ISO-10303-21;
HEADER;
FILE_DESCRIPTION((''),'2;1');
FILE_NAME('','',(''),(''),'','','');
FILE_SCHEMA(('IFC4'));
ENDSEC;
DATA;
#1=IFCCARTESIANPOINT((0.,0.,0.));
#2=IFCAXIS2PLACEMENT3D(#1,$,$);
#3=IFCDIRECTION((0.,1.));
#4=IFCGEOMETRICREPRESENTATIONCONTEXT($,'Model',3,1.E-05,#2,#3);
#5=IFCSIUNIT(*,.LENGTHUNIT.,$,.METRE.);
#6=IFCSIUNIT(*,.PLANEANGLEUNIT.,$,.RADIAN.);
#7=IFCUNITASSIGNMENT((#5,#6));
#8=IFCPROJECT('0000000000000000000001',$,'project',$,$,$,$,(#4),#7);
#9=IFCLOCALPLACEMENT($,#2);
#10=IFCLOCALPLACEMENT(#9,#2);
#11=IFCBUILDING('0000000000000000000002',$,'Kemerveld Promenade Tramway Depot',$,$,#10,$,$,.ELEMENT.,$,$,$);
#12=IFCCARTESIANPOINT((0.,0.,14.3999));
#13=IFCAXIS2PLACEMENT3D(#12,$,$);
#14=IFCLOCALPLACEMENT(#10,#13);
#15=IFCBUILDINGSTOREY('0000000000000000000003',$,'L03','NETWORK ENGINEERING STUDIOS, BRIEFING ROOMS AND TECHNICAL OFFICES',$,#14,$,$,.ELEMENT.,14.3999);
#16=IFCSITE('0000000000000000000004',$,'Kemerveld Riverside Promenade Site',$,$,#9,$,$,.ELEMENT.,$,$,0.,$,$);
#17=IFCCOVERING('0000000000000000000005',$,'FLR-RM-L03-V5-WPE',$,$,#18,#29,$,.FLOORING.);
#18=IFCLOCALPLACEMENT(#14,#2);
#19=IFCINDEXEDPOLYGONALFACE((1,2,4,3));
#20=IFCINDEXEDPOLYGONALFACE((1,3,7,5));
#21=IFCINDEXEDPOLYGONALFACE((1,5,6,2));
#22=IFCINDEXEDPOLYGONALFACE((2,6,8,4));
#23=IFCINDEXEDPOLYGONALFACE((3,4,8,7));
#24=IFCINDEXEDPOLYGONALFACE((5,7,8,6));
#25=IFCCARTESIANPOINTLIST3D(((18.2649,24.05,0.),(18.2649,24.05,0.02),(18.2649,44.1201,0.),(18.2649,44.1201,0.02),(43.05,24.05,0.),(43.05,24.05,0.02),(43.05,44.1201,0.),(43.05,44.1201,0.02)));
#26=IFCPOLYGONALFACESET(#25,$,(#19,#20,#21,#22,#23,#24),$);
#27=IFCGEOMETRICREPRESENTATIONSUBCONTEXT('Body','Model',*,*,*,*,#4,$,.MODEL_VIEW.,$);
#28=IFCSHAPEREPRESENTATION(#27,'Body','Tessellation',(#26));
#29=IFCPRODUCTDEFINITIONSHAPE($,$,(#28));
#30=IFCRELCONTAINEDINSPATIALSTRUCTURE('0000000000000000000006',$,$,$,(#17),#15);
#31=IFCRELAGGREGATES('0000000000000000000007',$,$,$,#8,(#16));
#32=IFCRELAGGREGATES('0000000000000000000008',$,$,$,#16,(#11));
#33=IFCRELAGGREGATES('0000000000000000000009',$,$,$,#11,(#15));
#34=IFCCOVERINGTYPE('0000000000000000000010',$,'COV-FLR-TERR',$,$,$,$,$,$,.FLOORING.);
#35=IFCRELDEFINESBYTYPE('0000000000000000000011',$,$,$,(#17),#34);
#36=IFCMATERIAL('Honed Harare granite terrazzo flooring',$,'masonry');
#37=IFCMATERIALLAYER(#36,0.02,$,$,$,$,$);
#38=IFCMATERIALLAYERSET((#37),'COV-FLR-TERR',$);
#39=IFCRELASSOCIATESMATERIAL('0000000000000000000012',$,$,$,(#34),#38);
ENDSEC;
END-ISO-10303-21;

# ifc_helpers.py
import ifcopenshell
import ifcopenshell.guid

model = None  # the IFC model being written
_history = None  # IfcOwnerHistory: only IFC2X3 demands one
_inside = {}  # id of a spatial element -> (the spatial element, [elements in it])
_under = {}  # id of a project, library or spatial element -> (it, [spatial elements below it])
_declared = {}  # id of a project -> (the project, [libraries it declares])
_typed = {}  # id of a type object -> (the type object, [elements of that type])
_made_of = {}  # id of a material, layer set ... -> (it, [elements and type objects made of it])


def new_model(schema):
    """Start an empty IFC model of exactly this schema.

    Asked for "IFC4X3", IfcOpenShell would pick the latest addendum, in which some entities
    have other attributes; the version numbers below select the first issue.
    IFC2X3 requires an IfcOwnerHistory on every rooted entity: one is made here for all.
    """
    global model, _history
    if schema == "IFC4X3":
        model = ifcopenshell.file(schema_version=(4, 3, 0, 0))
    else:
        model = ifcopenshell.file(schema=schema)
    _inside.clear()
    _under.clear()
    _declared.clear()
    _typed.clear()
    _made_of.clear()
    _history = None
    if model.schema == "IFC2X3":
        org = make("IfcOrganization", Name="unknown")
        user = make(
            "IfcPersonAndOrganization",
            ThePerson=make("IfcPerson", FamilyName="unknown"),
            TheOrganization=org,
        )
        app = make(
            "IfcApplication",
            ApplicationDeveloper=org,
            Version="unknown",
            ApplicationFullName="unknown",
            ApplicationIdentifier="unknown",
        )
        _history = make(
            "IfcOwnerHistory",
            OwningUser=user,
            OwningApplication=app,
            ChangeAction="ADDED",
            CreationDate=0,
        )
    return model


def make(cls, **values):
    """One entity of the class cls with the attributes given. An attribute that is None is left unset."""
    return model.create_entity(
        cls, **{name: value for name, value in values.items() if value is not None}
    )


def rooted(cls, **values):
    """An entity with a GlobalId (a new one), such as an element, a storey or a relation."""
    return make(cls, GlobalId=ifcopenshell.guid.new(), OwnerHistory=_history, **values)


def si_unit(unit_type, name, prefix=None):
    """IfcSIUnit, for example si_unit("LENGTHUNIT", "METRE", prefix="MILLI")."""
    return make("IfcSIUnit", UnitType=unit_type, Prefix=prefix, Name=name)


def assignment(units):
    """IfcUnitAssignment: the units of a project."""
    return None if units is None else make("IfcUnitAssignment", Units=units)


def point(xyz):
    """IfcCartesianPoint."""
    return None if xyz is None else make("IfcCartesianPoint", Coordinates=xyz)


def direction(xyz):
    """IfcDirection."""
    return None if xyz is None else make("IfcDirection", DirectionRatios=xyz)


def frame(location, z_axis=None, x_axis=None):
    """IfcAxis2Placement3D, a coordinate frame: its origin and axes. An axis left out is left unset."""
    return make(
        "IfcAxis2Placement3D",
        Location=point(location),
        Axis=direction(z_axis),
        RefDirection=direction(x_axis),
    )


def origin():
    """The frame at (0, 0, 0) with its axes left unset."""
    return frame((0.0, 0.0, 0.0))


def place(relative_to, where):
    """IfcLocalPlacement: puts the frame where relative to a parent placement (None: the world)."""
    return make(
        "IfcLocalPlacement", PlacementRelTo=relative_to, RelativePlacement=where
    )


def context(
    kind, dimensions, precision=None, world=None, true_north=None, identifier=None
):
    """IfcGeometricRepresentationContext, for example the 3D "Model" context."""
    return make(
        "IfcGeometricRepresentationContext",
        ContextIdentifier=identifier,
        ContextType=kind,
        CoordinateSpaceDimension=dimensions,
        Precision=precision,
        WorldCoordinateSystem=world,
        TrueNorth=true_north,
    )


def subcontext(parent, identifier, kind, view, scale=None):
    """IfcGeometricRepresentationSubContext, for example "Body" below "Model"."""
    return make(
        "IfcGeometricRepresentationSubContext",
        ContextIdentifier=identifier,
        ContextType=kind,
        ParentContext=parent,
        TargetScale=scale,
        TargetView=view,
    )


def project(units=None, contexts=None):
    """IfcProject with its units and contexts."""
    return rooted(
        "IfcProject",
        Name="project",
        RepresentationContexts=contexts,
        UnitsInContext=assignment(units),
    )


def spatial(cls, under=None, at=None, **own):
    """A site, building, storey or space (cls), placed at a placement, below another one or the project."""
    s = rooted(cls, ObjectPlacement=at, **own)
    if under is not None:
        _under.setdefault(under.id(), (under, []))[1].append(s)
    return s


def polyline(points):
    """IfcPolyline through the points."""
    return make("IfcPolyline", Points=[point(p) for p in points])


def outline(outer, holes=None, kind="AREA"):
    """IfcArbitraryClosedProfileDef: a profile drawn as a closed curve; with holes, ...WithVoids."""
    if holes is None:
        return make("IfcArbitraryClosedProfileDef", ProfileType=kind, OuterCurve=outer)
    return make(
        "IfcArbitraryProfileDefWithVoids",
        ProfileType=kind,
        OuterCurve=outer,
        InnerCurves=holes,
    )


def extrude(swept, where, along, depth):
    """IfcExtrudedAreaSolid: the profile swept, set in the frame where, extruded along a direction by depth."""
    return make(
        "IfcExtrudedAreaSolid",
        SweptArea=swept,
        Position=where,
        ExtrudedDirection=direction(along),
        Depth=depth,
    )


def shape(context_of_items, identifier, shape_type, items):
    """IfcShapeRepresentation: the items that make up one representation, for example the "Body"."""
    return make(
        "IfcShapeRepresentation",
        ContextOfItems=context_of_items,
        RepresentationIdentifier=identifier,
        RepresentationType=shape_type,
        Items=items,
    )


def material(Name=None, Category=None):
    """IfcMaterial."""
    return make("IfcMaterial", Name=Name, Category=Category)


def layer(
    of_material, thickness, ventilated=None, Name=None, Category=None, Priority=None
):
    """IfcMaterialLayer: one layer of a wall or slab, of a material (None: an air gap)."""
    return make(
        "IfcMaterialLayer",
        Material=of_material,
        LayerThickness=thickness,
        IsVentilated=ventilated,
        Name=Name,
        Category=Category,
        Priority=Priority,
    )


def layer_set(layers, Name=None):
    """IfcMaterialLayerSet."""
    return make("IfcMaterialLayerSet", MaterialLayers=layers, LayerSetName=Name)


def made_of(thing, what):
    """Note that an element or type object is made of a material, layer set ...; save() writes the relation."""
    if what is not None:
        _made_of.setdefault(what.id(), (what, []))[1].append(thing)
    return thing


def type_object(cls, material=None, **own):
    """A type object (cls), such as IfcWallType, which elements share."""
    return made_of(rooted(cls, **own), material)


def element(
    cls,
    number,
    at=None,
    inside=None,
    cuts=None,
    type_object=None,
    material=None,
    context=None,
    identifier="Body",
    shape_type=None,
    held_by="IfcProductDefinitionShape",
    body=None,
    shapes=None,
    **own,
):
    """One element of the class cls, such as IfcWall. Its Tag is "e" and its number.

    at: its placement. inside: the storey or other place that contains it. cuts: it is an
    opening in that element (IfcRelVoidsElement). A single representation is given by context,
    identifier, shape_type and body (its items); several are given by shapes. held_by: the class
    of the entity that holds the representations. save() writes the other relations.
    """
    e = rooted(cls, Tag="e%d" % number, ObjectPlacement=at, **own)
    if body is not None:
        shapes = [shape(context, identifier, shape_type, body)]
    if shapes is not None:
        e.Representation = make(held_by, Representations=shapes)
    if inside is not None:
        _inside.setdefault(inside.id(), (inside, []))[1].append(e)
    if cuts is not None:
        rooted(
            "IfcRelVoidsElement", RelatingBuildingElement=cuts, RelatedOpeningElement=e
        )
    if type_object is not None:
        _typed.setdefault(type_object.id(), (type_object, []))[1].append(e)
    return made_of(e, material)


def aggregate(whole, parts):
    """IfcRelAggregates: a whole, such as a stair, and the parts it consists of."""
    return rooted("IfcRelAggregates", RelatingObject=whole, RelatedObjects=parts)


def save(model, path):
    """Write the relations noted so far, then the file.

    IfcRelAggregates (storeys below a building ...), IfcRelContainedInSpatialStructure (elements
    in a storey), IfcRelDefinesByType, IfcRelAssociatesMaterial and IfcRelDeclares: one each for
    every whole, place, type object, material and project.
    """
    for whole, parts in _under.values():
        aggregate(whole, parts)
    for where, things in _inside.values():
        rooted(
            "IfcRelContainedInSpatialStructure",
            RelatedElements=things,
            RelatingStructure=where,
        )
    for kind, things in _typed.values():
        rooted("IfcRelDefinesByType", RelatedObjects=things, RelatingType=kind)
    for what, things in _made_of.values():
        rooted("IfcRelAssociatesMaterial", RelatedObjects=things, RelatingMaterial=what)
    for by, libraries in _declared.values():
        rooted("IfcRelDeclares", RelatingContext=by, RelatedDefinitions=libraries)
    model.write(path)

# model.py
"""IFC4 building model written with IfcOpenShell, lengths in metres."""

from ifc_helpers import new_model, si_unit, direction, frame, origin, place, context, subcontext, project, spatial, polyline, outline, extrude, material, layer, layer_set, type_object, element, save


model = new_model("IFC4")

# Units and contexts
model_context = context("Model", 3, precision=1e-05, world=origin(), true_north=direction((0.0, 1.0)))
body_context = subcontext(model_context, "Body", "Model", "MODEL_VIEW")
ifc_project = project(units=[si_unit("LENGTHUNIT", "METRE"), si_unit("PLANEANGLEUNIT", "RADIAN")], contexts=[model_context])

# Site, building, storey
site_placement = place(None, origin())
site = spatial("IfcSite", under=ifc_project, at=site_placement, Name="Kemerveld Riverside Promenade Site", CompositionType="ELEMENT", RefElevation=0.0)
building_placement = place(site_placement, origin())
building = spatial("IfcBuilding", under=site, at=building_placement, Name="Kemerveld Promenade Tramway Depot", CompositionType="ELEMENT")
storey_placement = place(building_placement, frame((0.0, 0.0, 14.3999)))
storey = spatial("IfcBuildingStorey", under=building, at=storey_placement, Name="L03", Description="NETWORK ENGINEERING STUDIOS, BRIEFING ROOMS AND TECHNICAL OFFICES", CompositionType="ELEMENT", Elevation=14.3999)

# Covering
ifc_material_1 = material(Name="Honed Harare granite terrazzo flooring", Category="masonry")
ifc_layer_1 = layer(ifc_material_1, 0.02)
ifc_layer_set_1 = layer_set([ifc_layer_1], Name="COV-FLR-TERR")
covering_type_1 = type_object("IfcCoveringType", Name="COV-FLR-TERR", PredefinedType="FLOORING", material=ifc_layer_set_1)
covering_1_placement = place(storey_placement, origin())
element("IfcCovering", 1, at=covering_1_placement, inside=storey, type_object=covering_type_1, Name="FLR-RM-L03-V5-WPE", PredefinedType="FLOORING", context=body_context, shape_type="SweptSolid", body=[
    extrude(outline(polyline([(18.2649, 24.05), (43.05, 24.05), (43.05, 44.1201), (18.2649, 44.1201), (18.2649, 24.05)])), origin(), (0.0, 0.0, 1.0), 0.02),
])

save(model, "model.ifc")
